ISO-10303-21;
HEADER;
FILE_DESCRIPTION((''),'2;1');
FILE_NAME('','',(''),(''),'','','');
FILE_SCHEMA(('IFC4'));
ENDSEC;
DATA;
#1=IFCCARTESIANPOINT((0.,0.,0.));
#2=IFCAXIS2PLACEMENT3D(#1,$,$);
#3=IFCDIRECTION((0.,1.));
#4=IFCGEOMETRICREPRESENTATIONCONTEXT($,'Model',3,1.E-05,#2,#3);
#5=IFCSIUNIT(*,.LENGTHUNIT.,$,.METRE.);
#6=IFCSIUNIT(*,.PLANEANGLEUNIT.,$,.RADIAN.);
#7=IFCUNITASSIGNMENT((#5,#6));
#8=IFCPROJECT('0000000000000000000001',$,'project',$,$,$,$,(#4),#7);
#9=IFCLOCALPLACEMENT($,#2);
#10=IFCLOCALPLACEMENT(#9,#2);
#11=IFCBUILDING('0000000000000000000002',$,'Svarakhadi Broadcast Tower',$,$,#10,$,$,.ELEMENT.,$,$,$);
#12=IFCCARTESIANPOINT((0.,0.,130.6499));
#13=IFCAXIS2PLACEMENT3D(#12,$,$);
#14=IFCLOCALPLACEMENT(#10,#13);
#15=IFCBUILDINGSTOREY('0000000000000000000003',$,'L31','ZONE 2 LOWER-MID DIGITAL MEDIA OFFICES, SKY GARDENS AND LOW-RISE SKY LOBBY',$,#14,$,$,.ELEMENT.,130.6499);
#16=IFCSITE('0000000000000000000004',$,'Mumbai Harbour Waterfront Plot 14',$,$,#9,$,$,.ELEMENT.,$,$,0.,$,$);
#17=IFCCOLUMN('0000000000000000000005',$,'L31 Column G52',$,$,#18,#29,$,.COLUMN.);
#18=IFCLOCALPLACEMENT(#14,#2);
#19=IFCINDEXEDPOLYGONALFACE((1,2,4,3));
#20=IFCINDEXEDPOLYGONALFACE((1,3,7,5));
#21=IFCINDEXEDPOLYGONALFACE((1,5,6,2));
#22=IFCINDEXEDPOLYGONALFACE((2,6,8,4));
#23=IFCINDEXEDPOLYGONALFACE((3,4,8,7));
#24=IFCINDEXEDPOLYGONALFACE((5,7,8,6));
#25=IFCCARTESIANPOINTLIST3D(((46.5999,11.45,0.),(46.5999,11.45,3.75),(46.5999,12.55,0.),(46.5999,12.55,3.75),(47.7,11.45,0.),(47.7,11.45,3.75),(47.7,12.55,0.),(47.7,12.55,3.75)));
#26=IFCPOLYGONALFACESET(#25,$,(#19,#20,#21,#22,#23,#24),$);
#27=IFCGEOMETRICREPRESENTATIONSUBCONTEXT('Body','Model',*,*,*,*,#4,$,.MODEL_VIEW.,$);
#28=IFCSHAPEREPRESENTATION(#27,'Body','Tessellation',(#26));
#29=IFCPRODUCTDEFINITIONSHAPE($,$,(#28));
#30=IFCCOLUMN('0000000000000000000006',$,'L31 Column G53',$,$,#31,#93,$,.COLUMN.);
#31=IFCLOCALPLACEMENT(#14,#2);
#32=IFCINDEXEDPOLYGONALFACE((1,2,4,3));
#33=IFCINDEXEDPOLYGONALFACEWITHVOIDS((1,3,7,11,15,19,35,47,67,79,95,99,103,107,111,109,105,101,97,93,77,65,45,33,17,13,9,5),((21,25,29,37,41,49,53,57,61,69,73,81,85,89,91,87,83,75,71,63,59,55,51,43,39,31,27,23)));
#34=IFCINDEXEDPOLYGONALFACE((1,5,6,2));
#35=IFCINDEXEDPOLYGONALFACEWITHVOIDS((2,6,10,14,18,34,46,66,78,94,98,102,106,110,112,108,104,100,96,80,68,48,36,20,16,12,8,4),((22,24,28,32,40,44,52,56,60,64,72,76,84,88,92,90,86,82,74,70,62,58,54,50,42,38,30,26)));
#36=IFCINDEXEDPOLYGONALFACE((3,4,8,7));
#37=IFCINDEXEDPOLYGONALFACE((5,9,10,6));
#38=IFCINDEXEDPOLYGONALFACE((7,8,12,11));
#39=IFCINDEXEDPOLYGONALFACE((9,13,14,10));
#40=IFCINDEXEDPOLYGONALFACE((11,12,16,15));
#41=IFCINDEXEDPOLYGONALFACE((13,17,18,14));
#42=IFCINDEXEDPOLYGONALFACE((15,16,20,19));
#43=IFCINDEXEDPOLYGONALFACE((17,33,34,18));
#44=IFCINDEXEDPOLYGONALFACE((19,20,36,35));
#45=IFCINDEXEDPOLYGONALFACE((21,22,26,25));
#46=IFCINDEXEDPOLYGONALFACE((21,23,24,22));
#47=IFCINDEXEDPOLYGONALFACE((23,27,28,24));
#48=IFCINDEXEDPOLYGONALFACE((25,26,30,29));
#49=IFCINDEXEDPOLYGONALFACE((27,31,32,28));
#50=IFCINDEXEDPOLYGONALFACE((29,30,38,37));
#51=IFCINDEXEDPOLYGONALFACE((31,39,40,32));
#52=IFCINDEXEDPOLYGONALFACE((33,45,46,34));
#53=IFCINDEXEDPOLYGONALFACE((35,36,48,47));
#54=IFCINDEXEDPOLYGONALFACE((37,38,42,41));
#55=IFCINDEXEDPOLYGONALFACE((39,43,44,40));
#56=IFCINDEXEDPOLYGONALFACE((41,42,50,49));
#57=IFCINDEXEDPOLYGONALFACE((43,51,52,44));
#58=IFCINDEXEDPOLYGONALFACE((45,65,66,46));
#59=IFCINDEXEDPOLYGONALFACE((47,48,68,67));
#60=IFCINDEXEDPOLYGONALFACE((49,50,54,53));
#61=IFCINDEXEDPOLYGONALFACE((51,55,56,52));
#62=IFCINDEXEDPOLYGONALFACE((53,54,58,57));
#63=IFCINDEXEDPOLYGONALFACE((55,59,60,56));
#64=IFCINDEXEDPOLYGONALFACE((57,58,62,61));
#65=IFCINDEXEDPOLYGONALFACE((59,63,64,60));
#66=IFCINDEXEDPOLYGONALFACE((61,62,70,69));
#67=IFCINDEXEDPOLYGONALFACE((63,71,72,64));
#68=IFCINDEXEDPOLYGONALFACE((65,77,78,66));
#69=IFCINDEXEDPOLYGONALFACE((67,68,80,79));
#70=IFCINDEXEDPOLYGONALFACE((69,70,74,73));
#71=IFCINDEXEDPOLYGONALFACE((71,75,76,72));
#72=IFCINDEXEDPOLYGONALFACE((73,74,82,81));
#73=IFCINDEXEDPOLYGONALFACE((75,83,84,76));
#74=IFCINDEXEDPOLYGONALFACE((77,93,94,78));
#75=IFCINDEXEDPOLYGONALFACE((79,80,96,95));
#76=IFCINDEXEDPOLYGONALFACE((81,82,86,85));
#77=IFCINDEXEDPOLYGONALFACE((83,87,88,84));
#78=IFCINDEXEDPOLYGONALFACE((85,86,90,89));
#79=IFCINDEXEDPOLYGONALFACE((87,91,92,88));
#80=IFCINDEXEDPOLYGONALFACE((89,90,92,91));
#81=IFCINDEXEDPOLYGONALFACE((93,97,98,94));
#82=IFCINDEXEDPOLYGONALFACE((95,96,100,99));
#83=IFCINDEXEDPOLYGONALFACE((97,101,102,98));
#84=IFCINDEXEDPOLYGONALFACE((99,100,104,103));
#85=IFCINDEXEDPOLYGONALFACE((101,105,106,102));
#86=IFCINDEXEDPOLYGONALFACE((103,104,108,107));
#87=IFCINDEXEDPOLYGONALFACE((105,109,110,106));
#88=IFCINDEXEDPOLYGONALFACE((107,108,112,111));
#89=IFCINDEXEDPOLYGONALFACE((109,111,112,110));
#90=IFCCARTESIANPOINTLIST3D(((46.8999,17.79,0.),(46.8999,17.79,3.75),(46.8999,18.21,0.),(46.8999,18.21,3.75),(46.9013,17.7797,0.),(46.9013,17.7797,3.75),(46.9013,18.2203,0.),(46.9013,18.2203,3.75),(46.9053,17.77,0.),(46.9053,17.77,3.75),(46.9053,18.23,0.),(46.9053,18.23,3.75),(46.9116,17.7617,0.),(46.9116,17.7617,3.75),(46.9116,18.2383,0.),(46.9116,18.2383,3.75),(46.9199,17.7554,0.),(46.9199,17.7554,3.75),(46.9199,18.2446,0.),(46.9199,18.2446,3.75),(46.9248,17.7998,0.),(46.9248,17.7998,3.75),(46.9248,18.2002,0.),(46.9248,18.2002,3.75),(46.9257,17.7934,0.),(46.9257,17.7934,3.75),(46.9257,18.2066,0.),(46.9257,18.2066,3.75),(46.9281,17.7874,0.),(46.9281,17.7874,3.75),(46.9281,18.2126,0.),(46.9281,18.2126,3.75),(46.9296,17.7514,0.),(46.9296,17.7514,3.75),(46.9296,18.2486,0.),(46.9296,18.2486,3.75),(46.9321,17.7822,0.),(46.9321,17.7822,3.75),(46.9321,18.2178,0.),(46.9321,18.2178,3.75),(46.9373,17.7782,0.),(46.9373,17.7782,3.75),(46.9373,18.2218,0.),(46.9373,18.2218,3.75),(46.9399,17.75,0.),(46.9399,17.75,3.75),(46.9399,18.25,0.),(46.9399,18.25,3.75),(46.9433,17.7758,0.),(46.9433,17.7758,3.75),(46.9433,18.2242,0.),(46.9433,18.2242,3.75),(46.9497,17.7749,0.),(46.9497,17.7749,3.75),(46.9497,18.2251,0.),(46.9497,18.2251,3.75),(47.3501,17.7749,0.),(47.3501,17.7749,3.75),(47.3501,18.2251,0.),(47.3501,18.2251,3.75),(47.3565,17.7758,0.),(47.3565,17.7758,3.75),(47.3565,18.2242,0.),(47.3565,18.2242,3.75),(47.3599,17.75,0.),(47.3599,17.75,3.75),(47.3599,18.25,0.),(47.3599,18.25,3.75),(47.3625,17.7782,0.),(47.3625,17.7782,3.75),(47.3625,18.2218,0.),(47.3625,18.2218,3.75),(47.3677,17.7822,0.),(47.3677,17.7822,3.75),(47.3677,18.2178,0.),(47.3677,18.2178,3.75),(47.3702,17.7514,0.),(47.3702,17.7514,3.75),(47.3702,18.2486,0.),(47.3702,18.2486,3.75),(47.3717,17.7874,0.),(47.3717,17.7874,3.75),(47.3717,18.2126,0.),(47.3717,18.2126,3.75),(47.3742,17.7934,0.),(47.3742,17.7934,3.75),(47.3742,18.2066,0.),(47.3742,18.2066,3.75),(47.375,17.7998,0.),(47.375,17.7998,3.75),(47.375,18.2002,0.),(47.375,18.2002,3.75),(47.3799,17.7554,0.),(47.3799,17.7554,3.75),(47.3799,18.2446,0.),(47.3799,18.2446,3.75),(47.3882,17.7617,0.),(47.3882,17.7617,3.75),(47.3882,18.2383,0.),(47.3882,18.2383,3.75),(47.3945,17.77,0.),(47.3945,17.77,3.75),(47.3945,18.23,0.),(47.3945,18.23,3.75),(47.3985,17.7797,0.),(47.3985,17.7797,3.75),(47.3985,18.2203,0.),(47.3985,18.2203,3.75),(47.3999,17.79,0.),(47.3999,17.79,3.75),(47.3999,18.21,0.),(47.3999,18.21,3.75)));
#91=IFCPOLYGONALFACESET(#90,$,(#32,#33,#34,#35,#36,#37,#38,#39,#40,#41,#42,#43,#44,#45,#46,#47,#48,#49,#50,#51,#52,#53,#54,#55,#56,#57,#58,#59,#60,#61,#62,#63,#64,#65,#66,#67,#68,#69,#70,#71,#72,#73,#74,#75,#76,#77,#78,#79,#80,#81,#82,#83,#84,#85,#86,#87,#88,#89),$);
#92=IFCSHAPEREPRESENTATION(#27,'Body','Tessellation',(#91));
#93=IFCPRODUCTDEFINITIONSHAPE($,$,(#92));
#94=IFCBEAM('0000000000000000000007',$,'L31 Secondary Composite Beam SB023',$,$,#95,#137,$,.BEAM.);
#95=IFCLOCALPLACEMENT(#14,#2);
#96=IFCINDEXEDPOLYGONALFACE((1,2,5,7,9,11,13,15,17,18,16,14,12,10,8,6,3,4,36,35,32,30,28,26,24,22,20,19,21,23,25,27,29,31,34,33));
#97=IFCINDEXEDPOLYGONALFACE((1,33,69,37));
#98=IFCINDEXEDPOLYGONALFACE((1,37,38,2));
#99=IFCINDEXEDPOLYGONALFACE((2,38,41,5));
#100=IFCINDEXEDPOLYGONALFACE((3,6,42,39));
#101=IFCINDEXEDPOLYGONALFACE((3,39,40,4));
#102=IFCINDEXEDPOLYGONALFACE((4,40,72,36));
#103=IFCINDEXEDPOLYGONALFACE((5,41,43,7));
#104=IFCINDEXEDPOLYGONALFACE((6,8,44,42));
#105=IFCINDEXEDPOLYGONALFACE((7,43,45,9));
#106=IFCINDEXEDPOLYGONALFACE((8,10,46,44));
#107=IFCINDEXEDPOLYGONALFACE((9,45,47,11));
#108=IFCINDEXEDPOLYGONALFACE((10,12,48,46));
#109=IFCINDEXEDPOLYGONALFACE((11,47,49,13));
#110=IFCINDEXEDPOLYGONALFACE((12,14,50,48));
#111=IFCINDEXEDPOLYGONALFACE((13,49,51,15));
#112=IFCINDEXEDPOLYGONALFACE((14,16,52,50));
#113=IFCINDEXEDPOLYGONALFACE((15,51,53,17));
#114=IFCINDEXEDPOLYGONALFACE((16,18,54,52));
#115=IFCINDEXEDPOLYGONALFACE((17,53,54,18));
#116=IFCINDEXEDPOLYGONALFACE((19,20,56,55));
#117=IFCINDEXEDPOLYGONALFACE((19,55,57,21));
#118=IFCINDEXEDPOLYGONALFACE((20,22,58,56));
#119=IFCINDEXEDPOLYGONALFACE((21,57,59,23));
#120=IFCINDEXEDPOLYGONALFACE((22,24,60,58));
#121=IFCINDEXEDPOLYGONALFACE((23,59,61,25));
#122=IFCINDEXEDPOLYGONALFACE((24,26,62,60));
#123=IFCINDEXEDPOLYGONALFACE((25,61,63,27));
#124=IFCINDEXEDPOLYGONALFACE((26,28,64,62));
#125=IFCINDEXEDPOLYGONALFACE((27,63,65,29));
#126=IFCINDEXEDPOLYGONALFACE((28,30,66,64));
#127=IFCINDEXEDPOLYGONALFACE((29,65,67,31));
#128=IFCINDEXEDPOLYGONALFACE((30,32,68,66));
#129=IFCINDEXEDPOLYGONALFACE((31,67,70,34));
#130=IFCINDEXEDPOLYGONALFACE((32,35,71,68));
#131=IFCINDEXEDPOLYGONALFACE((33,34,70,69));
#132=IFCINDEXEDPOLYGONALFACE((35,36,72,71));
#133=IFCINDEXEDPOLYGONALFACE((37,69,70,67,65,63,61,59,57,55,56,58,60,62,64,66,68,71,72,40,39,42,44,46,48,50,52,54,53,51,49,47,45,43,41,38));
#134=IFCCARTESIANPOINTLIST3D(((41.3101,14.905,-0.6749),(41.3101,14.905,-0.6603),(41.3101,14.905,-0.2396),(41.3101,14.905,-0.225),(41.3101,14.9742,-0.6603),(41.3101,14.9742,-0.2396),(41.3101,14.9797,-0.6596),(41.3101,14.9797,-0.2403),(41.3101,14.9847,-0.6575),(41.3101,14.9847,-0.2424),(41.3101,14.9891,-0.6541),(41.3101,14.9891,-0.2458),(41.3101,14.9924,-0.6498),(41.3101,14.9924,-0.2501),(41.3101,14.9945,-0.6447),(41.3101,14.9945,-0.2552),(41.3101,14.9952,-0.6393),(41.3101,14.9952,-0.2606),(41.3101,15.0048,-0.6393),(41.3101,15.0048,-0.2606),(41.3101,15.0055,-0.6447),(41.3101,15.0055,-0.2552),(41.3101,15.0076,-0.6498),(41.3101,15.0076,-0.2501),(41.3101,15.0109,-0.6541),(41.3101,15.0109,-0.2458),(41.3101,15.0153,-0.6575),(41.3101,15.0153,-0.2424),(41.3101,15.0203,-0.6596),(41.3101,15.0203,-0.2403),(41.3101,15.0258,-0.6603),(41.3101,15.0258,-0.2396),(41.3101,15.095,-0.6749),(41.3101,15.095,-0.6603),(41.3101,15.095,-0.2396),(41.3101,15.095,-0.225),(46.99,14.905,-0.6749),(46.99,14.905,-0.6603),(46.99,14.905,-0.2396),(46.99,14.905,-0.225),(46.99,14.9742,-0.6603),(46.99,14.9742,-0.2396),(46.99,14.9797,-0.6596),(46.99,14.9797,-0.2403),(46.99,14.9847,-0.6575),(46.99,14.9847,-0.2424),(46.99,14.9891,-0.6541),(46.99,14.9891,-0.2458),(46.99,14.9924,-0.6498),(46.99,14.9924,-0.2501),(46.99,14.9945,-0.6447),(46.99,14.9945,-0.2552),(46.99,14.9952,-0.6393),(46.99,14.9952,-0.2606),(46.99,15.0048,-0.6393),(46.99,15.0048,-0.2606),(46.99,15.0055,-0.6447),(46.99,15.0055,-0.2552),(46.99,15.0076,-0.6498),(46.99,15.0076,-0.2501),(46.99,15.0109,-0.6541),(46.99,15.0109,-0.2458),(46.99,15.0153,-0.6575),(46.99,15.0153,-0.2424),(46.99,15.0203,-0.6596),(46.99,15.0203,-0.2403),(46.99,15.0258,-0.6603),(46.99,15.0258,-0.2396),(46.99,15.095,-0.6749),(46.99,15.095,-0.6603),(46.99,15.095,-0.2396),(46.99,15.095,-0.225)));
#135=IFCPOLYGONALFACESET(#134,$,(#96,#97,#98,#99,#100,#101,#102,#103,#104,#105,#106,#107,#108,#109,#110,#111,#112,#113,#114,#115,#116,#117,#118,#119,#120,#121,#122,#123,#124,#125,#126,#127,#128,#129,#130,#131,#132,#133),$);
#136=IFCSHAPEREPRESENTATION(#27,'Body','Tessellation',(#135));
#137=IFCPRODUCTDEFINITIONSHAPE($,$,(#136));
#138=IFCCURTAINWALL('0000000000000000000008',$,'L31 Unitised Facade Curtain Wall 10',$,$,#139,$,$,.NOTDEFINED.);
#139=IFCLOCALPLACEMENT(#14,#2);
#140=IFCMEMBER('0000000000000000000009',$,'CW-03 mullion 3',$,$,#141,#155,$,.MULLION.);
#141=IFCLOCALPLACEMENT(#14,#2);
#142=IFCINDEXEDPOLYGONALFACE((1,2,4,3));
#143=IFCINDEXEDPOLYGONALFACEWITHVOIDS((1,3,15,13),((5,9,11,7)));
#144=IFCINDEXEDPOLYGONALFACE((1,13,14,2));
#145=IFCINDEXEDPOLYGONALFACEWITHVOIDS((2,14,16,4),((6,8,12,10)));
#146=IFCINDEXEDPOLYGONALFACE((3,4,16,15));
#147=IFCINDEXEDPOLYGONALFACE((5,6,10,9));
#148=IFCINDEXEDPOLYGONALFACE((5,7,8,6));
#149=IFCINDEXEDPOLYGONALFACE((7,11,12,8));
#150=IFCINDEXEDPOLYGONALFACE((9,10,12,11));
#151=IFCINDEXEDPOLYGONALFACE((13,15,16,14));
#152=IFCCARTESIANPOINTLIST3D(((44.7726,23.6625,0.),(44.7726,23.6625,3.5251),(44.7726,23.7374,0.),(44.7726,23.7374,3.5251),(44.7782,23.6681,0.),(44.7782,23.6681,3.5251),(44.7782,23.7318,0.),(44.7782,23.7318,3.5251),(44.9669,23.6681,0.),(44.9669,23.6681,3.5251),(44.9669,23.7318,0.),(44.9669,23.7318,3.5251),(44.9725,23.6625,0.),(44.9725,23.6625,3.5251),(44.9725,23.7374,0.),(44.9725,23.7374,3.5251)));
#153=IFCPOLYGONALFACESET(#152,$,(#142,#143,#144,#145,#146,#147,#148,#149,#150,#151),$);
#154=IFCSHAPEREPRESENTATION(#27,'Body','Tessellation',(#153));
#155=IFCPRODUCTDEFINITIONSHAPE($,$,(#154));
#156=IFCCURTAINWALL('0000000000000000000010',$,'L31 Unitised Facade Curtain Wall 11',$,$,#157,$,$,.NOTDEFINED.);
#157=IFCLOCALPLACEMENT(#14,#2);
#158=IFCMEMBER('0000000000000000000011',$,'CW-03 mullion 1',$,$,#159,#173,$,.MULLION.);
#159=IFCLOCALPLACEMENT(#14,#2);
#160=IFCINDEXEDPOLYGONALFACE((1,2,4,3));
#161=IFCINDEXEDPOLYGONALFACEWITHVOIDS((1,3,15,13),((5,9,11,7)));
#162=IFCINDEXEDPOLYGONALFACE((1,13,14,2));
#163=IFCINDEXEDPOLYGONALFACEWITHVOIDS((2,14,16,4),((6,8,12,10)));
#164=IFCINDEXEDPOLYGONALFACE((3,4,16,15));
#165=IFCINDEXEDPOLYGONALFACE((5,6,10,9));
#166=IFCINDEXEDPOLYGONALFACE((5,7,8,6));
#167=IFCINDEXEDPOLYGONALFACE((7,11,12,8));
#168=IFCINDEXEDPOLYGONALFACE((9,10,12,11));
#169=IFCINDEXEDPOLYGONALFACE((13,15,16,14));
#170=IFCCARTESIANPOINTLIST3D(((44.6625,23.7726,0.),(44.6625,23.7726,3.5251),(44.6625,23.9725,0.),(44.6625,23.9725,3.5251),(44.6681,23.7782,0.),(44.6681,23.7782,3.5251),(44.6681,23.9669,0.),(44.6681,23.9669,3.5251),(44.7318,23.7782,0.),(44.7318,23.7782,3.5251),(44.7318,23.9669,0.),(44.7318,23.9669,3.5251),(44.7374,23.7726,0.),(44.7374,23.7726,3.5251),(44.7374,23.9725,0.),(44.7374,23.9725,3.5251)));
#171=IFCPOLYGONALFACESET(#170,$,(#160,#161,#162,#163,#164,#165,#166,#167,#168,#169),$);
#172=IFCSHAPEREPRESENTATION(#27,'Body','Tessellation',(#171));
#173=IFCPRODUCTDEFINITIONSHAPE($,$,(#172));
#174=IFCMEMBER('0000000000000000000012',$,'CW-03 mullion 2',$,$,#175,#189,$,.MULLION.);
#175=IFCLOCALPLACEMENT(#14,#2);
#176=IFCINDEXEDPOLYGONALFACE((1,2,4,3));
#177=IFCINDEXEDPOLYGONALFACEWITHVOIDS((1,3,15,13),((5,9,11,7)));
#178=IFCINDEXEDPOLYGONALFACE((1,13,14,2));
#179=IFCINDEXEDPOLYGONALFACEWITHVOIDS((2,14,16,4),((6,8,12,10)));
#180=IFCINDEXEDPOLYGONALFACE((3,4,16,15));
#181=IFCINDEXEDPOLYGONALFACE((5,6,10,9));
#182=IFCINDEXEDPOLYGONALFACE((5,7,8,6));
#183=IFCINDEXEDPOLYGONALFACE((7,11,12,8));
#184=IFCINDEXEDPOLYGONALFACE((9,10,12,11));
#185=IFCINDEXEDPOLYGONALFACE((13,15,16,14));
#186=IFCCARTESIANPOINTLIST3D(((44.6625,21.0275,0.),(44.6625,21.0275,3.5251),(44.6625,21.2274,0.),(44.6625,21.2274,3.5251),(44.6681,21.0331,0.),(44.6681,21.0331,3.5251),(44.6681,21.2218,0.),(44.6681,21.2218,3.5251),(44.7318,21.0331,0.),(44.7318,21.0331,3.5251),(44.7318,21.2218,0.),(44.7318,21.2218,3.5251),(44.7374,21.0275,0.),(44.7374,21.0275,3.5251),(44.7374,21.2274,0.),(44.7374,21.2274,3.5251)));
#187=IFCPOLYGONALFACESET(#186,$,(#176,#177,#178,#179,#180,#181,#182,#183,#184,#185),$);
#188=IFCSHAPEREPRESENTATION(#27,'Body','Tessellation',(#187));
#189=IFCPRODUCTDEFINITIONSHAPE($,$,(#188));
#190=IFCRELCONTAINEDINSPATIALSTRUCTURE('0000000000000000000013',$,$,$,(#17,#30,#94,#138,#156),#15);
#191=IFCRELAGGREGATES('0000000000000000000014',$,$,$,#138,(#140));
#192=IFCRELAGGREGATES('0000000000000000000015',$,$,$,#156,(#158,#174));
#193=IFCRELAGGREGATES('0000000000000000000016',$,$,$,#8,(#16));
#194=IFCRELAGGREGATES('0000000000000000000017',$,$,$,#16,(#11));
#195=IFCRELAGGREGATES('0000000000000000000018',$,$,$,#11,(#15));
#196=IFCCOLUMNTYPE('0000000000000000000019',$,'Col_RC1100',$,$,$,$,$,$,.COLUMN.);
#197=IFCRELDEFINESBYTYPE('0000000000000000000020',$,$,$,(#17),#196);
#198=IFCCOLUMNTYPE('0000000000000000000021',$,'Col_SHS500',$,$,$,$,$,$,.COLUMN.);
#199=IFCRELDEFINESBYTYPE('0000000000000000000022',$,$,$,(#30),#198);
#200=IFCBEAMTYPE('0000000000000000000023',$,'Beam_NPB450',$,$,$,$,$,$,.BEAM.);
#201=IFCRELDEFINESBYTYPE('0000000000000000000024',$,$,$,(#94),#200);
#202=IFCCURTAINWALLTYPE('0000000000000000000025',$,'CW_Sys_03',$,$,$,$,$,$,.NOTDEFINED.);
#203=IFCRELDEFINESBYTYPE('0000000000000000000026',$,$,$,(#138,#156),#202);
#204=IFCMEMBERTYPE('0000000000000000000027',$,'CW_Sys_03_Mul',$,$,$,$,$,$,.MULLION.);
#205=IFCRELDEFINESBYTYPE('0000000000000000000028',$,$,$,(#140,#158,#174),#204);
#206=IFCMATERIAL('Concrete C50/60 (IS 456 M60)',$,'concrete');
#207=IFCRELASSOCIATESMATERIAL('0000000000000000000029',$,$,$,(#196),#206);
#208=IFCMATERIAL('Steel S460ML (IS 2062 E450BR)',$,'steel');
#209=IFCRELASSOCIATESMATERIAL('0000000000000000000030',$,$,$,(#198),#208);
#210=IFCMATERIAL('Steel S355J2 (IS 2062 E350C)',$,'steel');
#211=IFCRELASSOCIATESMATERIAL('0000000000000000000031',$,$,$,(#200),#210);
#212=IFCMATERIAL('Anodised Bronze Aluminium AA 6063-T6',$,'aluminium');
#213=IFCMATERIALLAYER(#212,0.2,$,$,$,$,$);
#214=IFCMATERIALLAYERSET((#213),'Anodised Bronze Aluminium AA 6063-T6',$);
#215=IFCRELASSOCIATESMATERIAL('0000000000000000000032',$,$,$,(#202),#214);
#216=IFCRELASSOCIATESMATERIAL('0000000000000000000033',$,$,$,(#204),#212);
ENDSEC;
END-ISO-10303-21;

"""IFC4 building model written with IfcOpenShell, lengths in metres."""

from ifc_helpers import new_model, si_unit, direction, frame, origin, origin_2d, place, context, subcontext, project, spatial, rectangle, hollow_rectangle, i_section, extrude, material, layer, layer_set, material_profile, profile_set, type_object, element, aggregate, save


model = new_model("IFC4")

# Units and contexts
model_context = context("Model", 3, precision=1e-05, world=origin(), true_north=direction((0.0, 1.0)))
body_context = subcontext(model_context, "Body", "Model", "MODEL_VIEW")
ifc_project = project(units=[si_unit("LENGTHUNIT", "METRE"), si_unit("PLANEANGLEUNIT", "RADIAN")], contexts=[model_context])

# Site, building, storey
site_placement = place(None, origin())
site = spatial("IfcSite", under=ifc_project, at=site_placement, Name="Mumbai Harbour Waterfront Plot 14", CompositionType="ELEMENT", RefElevation=0.0)
building_placement = place(site_placement, origin())
building = spatial("IfcBuilding", under=site, at=building_placement, Name="Svarakhadi Broadcast Tower", CompositionType="ELEMENT")
storey_placement = place(building_placement, frame((0.0, 0.0, 130.6499)))
storey = spatial("IfcBuildingStorey", under=building, at=storey_placement, Name="L31", Description="ZONE 2 LOWER-MID DIGITAL MEDIA OFFICES, SKY GARDENS AND LOW-RISE SKY LOBBY", CompositionType="ELEMENT", Elevation=130.6499)

# Columns
ifc_material_1 = material(Name="Concrete C50/60 (IS 456 M60)", Category="concrete")
ifc_material_profile_1 = material_profile(ifc_material_1, rectangle(XDim=1.1001, YDim=1.1001, at=origin_2d()), Name="RC 1100x1100")
ifc_profile_set_1 = profile_set([ifc_material_profile_1], Name="Concrete C50/60 (IS 456 M60)")
column_type_1 = type_object("IfcColumnType", Name="Col_RC1100", PredefinedType="COLUMN", material=ifc_profile_set_1)
column_1_placement = place(storey_placement, frame((47.1499, 12.0, 0.0), z_axis=(0.0, 0.0, 1.0), x_axis=(1.0, 0.0, 0.0)))
element("IfcColumn", 1, at=column_1_placement, inside=storey, type_object=column_type_1, Name="L31 Column G52", PredefinedType="COLUMN", context=body_context, shape_type="SweptSolid", body=[
    extrude(rectangle(XDim=1.1001, YDim=1.1001, at=origin_2d()), origin(), (0.0, 0.0, 1.0), 3.75),
])
ifc_material_2 = material(Name="Steel S460ML (IS 2062 E450BR)", Category="steel")
ifc_material_profile_2 = material_profile(ifc_material_2, hollow_rectangle(XDim=0.5, YDim=0.5, WallThickness=0.0249, InnerFilletRadius=0.0249, OuterFilletRadius=0.04, at=origin_2d()), Name="SHS 500x500x25")
ifc_profile_set_2 = profile_set([ifc_material_profile_2], Name="Steel S460ML (IS 2062 E450BR)")
column_type_2 = type_object("IfcColumnType", Name="Col_SHS500", PredefinedType="COLUMN", material=ifc_profile_set_2)
column_2_placement = place(storey_placement, frame((47.1499, 18.0, 0.0), z_axis=(0.0, 0.0, 1.0), x_axis=(1.0, 0.0, 0.0)))
element("IfcColumn", 2, at=column_2_placement, inside=storey, type_object=column_type_2, Name="L31 Column G53", PredefinedType="COLUMN", context=body_context, shape_type="SweptSolid", body=[
    extrude(hollow_rectangle(XDim=0.5, YDim=0.5, WallThickness=0.0249, InnerFilletRadius=0.0249, OuterFilletRadius=0.04, at=origin_2d()), origin(), (0.0, 0.0, 1.0), 3.75),
])

# Beam
ifc_material_3 = material(Name="Steel S355J2 (IS 2062 E350C)", Category="steel")
ifc_material_profile_3 = material_profile(ifc_material_3, i_section(OverallWidth=0.1899, OverallDepth=0.45, WebThickness=0.0095, FlangeThickness=0.0146, FilletRadius=0.021, at=origin_2d()), Name="NPB 450x190x78")
ifc_profile_set_3 = profile_set([ifc_material_profile_3], Name="Steel S355J2 (IS 2062 E350C)")
beam_type_1 = type_object("IfcBeamType", Name="Beam_NPB450", PredefinedType="BEAM", material=ifc_profile_set_3)
beam_1_placement = place(storey_placement, frame((41.3101, 15.0, -0.45), z_axis=(1.0, 0.0, 0.0), x_axis=(0.0, 1.0, 0.0)))
element("IfcBeam", 3, at=beam_1_placement, inside=storey, type_object=beam_type_1, Name="L31 Secondary Composite Beam SB023", PredefinedType="BEAM", context=body_context, shape_type="SweptSolid", body=[
    extrude(i_section(OverallWidth=0.1899, OverallDepth=0.45, WebThickness=0.0095, FlangeThickness=0.0146, FilletRadius=0.021, at=origin_2d()), origin(), (0.0, 0.0, 1.0), 5.6799),
])

# Curtain wall, member
ifc_material_4 = material(Name="Anodised Bronze Aluminium AA 6063-T6", Category="aluminium")
ifc_layer_1 = layer(ifc_material_4, 0.2)
ifc_layer_set_1 = layer_set([ifc_layer_1], Name="Anodised Bronze Aluminium AA 6063-T6")
curtain_wall_type = type_object("IfcCurtainWallType", Name="CW_Sys_03", PredefinedType="NOTDEFINED", material=ifc_layer_set_1)
curtain_wall_1_placement = place(storey_placement, origin())
curtain_wall_1 = element("IfcCurtainWall", 4, at=curtain_wall_1_placement, inside=storey, type_object=curtain_wall_type, Name="L31 Unitised Facade Curtain Wall 10", PredefinedType="NOTDEFINED")
ifc_material_profile_4 = material_profile(ifc_material_4, hollow_rectangle(XDim=0.075, YDim=0.2, WallThickness=0.0056, at=origin_2d()), Name="ALU MULLION 200x75x6")
ifc_profile_set_4 = profile_set([ifc_material_profile_4], Name="Anodised Bronze Aluminium AA 6063-T6")
member_type_1 = type_object("IfcMemberType", Name="CW_Sys_03_Mul", PredefinedType="MULLION", material=ifc_profile_set_4)
member_1_placement = place(storey_placement, frame((44.8726, 23.7, 0.0), z_axis=(0.0, 0.0, 1.0), x_axis=(0.0, 1.0, 0.0)))
member_1 = element("IfcMember", 5, at=member_1_placement, type_object=member_type_1, Name="CW-03 mullion 3", PredefinedType="MULLION", context=body_context, shape_type="SweptSolid", body=[
    extrude(hollow_rectangle(XDim=0.075, YDim=0.2, WallThickness=0.0056, at=origin_2d()), origin(), (0.0, 0.0, 1.0), 3.5251),
])
aggregate(curtain_wall_1, [member_1])

# Curtain wall, members
curtain_wall_2_placement = place(storey_placement, origin())
curtain_wall_2 = element("IfcCurtainWall", 6, at=curtain_wall_2_placement, inside=storey, type_object=curtain_wall_type, Name="L31 Unitised Facade Curtain Wall 11", PredefinedType="NOTDEFINED")
member_2_placement = place(storey_placement, frame((44.7, 23.8726, 0.0), z_axis=(0.0, 0.0, 1.0), x_axis=(1.0, 0.0, 0.0)))
member_2 = element("IfcMember", 7, at=member_2_placement, type_object=member_type_1, Name="CW-03 mullion 1", PredefinedType="MULLION", context=body_context, shape_type="SweptSolid", body=[
    extrude(hollow_rectangle(XDim=0.075, YDim=0.2, WallThickness=0.0056, at=origin_2d()), origin(), (0.0, 0.0, 1.0), 3.5251),
])
member_3_placement = place(storey_placement, frame((44.7, 21.1274, 0.0), z_axis=(0.0, 0.0, 1.0), x_axis=(1.0, 0.0, 0.0)))
member_3 = element("IfcMember", 8, at=member_3_placement, type_object=member_type_1, Name="CW-03 mullion 2", PredefinedType="MULLION", context=body_context, shape_type="SweptSolid", body=[
    extrude(hollow_rectangle(XDim=0.075, YDim=0.2, WallThickness=0.0056, at=origin_2d()), origin(), (0.0, 0.0, 1.0), 3.5251),
])

aggregate(curtain_wall_2, [member_2, member_3])

save(model, "model.ifc")
